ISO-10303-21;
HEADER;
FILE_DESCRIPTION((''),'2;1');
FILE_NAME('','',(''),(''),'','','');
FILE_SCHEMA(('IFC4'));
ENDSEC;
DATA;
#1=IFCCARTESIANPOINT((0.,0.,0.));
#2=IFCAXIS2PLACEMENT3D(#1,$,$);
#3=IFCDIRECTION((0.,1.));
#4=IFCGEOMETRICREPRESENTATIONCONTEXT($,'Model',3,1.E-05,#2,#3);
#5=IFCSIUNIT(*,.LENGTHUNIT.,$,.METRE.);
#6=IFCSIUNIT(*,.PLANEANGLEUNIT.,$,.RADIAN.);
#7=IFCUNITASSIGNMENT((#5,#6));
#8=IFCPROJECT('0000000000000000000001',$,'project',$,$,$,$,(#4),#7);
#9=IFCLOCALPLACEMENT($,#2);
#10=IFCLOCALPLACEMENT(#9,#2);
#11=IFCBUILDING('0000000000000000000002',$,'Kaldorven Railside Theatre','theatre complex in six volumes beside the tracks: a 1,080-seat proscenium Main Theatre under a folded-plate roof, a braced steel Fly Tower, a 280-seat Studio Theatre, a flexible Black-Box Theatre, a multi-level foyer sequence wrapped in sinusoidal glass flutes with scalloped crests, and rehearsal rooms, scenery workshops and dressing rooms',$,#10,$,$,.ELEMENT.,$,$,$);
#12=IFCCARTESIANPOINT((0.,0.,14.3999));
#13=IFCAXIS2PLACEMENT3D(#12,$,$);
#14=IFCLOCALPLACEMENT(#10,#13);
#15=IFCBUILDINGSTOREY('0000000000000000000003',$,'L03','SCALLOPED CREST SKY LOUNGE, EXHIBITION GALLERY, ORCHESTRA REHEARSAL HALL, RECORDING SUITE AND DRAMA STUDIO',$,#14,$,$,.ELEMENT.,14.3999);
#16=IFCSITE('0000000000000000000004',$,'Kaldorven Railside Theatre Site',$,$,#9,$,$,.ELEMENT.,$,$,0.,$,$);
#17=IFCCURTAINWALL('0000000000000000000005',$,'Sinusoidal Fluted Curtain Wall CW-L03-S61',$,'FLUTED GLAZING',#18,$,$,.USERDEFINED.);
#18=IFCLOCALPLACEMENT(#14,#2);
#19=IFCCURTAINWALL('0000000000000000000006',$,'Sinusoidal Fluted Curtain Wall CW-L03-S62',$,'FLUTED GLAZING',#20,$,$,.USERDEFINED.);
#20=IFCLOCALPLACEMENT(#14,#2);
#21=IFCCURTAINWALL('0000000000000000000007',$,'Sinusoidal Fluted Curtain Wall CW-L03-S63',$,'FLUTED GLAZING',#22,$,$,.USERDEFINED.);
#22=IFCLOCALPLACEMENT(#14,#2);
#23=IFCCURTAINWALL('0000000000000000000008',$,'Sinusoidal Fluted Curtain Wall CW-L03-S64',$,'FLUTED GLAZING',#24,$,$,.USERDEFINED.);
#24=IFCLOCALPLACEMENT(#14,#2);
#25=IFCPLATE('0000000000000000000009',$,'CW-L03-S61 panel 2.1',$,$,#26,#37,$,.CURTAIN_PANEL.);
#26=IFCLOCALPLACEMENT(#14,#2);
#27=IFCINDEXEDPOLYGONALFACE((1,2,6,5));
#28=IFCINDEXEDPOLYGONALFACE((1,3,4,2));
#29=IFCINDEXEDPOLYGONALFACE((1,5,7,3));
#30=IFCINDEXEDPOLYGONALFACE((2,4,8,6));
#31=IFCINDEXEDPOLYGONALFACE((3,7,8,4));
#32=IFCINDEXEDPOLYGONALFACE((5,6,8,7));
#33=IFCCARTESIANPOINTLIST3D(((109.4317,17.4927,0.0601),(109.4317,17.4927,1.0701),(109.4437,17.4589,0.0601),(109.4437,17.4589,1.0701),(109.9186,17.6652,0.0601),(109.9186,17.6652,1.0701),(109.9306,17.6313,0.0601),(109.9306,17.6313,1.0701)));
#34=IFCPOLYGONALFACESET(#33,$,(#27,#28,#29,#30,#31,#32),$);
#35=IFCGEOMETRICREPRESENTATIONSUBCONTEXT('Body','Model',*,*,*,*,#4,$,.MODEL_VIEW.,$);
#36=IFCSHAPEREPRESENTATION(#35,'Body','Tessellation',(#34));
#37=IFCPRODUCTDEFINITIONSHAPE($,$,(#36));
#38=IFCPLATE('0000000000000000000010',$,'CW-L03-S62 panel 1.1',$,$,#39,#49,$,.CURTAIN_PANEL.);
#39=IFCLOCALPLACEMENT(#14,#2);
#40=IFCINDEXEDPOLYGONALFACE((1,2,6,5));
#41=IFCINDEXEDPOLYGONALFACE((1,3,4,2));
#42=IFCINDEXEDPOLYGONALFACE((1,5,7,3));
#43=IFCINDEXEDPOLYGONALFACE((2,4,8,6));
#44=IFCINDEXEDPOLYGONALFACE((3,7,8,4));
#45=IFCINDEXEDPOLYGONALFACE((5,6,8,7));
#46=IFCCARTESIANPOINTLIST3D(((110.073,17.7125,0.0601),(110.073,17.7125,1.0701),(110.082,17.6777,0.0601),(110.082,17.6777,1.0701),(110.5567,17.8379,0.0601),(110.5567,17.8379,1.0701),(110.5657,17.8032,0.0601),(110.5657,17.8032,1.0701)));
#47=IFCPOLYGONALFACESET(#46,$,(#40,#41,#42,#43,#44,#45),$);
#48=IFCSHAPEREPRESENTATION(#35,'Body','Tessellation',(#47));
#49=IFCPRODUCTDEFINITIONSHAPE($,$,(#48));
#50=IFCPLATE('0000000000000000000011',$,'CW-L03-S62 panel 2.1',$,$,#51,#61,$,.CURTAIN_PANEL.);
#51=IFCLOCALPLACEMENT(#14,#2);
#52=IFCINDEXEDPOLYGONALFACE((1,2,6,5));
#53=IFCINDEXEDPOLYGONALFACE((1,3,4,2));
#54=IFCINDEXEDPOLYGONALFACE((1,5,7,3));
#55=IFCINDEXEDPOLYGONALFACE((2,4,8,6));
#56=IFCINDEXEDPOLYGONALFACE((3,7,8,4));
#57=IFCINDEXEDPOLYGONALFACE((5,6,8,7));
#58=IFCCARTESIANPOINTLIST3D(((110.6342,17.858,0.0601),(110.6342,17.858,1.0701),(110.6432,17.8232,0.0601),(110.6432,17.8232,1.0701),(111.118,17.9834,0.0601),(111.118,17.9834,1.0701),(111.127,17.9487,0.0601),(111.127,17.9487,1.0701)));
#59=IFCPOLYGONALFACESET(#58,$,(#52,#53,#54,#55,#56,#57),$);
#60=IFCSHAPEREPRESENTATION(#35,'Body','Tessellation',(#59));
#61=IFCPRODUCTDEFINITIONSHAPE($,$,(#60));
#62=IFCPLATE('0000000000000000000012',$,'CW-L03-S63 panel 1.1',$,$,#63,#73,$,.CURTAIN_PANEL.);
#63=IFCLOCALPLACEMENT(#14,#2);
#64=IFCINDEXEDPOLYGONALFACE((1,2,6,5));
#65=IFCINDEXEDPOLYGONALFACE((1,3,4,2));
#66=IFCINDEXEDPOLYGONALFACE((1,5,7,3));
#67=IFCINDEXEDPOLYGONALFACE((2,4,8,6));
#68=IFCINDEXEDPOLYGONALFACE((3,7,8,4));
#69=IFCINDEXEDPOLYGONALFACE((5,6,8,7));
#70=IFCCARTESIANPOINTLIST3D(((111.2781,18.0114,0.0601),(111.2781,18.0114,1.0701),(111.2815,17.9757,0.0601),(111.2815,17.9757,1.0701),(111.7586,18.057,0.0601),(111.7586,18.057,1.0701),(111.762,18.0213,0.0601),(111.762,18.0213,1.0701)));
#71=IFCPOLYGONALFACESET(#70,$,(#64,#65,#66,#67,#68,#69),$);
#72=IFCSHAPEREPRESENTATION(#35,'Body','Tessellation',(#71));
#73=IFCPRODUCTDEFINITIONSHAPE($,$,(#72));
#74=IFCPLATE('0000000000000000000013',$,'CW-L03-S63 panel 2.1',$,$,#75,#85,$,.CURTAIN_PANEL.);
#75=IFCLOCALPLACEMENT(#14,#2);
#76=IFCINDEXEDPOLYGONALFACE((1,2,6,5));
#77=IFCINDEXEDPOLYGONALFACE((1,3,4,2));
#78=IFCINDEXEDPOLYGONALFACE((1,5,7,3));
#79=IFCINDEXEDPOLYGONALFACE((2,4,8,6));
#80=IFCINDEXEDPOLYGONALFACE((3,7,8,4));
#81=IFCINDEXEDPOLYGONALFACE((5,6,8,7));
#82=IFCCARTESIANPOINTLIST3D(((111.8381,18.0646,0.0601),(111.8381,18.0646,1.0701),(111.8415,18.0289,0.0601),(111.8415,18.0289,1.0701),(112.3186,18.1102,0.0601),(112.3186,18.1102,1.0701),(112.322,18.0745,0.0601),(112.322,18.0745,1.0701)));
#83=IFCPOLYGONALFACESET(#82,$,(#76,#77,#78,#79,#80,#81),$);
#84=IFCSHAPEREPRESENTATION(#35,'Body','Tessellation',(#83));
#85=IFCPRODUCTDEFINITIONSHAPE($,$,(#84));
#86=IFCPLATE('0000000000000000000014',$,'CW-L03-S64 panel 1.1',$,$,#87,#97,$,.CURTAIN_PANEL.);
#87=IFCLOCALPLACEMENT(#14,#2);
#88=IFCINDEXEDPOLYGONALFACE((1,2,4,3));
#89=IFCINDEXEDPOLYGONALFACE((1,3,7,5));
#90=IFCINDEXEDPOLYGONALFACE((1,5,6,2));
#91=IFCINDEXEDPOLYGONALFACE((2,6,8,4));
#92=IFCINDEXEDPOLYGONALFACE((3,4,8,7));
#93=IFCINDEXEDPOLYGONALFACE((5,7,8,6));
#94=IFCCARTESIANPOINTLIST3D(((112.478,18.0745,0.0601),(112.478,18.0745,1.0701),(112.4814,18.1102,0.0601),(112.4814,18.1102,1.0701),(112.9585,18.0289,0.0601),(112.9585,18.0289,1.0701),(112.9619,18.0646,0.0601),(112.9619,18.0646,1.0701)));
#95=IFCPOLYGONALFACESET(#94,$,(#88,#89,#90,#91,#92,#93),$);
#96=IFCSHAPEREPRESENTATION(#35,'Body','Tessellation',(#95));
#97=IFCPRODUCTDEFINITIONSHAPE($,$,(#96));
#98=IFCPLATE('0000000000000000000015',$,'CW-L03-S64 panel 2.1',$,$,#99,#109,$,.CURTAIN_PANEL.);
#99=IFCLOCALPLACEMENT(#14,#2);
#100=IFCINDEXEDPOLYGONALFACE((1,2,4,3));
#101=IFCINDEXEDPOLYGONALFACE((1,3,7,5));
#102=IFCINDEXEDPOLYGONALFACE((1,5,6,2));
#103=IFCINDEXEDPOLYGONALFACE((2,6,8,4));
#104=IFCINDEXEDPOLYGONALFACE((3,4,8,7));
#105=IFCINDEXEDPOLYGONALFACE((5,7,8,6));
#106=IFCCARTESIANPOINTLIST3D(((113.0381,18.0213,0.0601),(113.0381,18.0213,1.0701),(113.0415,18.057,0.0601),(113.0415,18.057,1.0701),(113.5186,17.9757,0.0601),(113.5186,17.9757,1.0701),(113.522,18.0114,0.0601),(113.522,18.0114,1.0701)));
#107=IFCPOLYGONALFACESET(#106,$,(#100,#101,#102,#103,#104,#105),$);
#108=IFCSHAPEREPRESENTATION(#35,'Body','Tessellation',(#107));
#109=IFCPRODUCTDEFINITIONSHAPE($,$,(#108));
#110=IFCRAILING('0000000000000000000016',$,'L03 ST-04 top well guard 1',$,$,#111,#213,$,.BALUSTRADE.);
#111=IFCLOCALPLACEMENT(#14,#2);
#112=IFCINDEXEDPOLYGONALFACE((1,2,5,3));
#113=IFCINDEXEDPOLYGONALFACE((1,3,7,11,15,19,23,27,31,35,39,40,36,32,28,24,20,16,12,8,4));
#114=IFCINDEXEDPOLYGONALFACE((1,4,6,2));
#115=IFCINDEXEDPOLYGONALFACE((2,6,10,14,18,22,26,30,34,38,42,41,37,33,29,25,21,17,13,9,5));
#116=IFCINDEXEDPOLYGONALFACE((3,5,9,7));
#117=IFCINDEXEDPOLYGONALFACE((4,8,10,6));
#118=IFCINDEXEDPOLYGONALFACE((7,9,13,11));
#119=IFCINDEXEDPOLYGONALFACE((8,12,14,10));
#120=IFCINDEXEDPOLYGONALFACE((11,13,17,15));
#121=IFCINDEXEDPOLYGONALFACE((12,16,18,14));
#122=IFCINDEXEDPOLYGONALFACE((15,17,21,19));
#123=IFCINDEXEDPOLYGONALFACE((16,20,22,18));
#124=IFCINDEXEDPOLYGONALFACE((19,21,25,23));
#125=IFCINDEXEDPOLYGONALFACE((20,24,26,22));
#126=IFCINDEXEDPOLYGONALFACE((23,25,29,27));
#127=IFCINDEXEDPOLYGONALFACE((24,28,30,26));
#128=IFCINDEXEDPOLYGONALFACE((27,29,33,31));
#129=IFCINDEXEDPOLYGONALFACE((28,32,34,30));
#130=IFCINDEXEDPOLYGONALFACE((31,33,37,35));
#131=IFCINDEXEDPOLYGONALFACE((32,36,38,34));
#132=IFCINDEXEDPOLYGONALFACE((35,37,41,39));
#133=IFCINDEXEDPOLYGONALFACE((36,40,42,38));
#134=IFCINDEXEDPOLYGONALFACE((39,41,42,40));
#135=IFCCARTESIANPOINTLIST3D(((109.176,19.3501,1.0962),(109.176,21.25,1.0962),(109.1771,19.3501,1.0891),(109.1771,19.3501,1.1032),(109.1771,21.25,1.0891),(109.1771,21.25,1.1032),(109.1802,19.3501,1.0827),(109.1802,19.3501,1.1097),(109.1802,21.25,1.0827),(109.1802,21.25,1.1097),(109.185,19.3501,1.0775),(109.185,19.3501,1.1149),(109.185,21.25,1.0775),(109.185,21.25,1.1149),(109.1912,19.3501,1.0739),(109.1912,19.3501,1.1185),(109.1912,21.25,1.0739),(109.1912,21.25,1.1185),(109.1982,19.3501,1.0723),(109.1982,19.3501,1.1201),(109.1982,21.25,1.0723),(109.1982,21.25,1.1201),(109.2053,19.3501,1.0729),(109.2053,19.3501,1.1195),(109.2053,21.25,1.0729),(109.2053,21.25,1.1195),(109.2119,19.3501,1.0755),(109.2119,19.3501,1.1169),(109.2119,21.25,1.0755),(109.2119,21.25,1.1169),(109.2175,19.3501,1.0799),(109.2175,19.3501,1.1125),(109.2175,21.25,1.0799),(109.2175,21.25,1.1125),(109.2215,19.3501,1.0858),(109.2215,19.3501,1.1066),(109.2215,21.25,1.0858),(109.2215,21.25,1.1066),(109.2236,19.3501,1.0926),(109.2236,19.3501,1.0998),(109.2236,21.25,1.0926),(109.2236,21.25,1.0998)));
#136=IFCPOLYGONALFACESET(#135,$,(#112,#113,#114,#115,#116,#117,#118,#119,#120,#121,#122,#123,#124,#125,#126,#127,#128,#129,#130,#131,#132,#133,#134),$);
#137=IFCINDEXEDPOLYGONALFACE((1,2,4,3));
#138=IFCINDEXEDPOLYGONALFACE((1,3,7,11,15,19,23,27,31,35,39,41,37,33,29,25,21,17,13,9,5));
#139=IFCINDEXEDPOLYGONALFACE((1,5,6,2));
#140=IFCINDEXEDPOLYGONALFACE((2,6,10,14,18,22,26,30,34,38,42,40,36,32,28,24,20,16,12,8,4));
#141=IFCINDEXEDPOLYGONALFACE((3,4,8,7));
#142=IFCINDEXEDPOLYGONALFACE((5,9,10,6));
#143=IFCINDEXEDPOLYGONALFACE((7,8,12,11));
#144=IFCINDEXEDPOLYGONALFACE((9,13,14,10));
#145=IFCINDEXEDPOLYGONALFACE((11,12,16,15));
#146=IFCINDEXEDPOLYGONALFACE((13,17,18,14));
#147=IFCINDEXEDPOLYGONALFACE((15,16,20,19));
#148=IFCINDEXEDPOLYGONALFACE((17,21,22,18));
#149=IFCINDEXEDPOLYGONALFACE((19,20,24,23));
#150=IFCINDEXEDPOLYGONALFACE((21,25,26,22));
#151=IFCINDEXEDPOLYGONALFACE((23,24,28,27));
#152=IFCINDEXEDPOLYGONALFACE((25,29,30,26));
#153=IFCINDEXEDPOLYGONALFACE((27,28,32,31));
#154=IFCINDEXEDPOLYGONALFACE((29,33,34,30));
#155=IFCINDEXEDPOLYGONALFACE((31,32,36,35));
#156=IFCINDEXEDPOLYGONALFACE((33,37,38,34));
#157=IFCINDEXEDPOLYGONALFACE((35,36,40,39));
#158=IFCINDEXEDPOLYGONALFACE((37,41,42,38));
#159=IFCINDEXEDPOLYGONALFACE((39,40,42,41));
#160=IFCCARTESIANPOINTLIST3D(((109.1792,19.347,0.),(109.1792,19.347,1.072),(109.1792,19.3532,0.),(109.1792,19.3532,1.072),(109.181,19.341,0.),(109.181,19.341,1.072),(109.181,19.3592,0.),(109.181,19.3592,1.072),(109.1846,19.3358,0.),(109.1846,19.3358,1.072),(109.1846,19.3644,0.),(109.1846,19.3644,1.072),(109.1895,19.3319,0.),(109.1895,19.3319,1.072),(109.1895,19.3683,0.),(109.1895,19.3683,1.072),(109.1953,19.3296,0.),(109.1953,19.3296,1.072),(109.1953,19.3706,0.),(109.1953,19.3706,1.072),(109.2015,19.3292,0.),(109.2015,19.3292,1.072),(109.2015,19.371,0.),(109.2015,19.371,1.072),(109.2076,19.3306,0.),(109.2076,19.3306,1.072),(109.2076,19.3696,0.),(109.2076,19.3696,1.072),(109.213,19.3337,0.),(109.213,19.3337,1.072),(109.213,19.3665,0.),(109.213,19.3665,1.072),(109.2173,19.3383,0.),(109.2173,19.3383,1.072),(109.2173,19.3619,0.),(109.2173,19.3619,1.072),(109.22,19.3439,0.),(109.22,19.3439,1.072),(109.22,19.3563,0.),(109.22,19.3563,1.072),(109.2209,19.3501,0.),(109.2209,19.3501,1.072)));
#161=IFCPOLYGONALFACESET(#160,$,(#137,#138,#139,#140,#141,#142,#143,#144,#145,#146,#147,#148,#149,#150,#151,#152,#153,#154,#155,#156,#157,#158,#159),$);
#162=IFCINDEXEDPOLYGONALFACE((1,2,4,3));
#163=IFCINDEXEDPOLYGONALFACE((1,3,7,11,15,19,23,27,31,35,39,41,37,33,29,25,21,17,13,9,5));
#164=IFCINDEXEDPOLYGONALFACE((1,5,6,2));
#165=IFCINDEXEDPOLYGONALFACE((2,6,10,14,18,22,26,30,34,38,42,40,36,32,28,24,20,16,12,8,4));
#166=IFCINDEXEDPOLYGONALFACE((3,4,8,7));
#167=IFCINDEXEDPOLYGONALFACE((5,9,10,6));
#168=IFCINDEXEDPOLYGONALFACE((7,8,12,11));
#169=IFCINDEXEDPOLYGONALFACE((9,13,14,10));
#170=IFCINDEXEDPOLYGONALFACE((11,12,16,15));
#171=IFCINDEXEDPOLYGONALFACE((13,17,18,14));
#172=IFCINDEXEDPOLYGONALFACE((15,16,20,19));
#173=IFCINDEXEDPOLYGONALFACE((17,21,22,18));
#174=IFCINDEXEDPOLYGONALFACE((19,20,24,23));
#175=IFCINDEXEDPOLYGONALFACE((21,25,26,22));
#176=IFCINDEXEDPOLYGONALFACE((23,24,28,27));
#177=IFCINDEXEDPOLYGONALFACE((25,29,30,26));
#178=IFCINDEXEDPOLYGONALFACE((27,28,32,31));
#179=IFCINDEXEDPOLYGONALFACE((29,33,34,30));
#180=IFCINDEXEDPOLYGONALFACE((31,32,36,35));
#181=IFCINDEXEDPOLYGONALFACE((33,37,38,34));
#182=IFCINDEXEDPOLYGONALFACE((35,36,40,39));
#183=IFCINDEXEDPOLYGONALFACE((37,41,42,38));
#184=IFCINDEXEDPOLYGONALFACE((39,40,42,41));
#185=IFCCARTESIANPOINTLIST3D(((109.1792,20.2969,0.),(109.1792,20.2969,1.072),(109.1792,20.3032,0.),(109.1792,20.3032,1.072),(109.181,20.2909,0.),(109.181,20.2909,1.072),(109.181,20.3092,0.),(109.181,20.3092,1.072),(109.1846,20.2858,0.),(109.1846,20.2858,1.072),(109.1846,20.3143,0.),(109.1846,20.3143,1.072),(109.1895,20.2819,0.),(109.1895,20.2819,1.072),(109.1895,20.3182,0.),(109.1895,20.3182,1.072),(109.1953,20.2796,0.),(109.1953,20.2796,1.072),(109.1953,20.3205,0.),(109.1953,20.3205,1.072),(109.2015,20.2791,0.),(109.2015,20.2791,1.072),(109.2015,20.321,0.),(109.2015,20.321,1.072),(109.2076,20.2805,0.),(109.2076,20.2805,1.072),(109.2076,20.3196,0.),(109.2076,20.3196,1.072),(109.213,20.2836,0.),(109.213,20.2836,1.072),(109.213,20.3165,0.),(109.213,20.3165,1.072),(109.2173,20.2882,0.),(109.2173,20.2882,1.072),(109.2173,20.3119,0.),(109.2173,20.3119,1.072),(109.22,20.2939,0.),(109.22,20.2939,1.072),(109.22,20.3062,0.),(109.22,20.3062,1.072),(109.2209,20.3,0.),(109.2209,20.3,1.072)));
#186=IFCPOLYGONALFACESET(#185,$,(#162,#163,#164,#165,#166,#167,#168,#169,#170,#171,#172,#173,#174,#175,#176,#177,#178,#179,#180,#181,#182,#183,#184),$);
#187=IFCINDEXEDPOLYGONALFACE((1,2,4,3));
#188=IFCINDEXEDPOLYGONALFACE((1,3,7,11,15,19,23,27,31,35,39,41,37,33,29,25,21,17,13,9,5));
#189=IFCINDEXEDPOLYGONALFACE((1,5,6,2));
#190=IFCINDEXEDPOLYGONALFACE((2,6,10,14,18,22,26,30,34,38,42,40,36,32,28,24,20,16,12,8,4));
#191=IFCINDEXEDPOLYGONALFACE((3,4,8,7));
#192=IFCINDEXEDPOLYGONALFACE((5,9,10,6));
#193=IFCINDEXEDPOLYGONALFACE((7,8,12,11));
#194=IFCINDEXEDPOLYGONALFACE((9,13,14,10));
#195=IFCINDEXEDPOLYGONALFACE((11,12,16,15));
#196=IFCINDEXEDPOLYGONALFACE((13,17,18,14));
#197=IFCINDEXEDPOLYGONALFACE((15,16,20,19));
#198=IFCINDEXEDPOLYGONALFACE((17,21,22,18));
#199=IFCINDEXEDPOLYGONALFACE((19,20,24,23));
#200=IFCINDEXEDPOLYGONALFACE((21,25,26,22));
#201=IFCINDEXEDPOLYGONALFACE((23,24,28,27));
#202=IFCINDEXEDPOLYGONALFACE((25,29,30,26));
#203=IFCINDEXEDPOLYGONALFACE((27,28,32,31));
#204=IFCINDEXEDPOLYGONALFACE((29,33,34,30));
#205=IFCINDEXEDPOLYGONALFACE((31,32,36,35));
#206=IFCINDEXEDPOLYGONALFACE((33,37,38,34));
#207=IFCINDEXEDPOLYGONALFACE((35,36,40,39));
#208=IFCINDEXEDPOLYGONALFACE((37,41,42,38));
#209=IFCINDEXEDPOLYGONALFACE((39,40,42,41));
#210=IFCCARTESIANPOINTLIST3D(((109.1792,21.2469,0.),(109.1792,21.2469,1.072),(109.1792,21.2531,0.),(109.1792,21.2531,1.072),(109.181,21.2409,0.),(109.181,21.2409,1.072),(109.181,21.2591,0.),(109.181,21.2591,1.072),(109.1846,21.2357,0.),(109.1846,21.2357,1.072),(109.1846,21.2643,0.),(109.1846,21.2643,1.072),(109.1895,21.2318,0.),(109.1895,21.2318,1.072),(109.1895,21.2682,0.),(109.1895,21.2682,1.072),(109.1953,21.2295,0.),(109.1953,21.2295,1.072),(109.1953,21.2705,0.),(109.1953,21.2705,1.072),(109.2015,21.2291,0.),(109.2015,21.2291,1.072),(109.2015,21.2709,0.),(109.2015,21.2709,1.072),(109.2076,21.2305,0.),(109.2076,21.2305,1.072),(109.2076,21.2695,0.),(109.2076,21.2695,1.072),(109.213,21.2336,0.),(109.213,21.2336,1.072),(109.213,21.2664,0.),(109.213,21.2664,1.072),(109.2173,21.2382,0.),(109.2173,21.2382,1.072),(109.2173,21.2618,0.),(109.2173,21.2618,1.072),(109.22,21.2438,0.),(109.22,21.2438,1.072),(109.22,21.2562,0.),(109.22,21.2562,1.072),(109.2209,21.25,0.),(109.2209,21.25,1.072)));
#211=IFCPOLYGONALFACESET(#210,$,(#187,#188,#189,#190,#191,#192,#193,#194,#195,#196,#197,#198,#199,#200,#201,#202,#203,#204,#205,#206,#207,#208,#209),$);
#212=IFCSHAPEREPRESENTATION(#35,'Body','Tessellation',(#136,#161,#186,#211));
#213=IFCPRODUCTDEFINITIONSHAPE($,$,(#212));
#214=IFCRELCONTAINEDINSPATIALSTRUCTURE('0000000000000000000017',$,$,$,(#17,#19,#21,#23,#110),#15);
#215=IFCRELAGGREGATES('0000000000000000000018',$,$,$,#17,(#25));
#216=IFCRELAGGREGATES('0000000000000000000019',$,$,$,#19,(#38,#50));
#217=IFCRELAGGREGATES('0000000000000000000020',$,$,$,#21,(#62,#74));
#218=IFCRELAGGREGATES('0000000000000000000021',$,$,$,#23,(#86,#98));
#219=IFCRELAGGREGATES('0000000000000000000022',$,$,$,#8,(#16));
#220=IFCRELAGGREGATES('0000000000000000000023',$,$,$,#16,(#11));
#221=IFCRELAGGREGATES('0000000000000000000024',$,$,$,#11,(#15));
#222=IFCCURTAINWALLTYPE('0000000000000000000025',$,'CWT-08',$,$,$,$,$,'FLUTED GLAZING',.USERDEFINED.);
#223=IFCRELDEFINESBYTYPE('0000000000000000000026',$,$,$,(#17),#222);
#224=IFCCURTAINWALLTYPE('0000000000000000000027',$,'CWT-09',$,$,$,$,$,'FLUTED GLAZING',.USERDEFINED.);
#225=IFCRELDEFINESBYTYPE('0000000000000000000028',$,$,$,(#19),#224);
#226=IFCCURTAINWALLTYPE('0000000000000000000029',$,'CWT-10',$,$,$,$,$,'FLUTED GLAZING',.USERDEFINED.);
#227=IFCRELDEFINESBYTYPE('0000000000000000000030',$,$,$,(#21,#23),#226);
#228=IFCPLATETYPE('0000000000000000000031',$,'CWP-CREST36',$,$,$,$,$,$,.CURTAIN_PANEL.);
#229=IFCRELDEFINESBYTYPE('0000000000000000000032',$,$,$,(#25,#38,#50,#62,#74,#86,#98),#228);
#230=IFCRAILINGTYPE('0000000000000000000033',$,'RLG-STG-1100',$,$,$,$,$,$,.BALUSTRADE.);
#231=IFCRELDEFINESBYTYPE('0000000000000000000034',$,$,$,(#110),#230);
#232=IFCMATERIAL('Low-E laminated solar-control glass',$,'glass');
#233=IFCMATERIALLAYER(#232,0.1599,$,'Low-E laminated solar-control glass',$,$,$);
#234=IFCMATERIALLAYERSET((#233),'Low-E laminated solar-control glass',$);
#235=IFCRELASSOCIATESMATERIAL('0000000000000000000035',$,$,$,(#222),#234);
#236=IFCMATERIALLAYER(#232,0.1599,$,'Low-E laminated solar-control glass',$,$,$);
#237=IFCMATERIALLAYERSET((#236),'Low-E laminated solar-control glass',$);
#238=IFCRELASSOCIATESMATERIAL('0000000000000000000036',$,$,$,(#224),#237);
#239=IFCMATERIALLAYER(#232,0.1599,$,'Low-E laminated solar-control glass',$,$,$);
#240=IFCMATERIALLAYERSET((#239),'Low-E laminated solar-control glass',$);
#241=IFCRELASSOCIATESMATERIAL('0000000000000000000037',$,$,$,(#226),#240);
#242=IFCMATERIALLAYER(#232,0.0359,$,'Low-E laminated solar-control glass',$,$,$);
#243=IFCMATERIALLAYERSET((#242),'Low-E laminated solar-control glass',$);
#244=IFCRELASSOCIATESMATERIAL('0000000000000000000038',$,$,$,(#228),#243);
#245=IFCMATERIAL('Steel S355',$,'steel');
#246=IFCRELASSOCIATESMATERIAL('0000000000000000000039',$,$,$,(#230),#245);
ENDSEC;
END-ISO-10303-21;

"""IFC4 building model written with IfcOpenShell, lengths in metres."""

from ifc_helpers import new_model, si_unit, direction, frame, origin, origin_2d, place, context, subcontext, project, spatial, rectangle, circle, extrude, material, layer, layer_set, type_object, element, aggregate, save


model = new_model("IFC4")

# Units and contexts
model_context = context("Model", 3, precision=1e-05, world=origin(), true_north=direction((0.0, 1.0)))
body_context = subcontext(model_context, "Body", "Model", "MODEL_VIEW")
ifc_project = project(units=[si_unit("LENGTHUNIT", "METRE"), si_unit("PLANEANGLEUNIT", "RADIAN")], contexts=[model_context])

# Site, building, storey
site_placement = place(None, origin())
site = spatial("IfcSite", under=ifc_project, at=site_placement, Name="Kaldorven Railside Theatre Site", CompositionType="ELEMENT", RefElevation=0.0)
building_placement = place(site_placement, origin())
building = spatial("IfcBuilding", under=site, at=building_placement, Name="Kaldorven Railside Theatre", Description="theatre complex in six volumes beside the tracks: a 1,080-seat proscenium Main Theatre under a folded-plate roof, a braced steel Fly Tower, a 280-seat Studio Theatre, a flexible Black-Box Theatre, a multi-level foyer sequence wrapped in sinusoidal glass flutes with scalloped crests, and rehearsal rooms, scenery workshops and dressing rooms", CompositionType="ELEMENT")
storey_placement = place(building_placement, frame((0.0, 0.0, 14.3999)))
storey = spatial("IfcBuildingStorey", under=building, at=storey_placement, Name="L03", Description="SCALLOPED CREST SKY LOUNGE, EXHIBITION GALLERY, ORCHESTRA REHEARSAL HALL, RECORDING SUITE AND DRAMA STUDIO", CompositionType="ELEMENT", Elevation=14.3999)

# Shared definitions
ifc_material_1 = material(Name="Steel S355", Category="steel")

# Curtain walls
ifc_material_2 = material(Name="Low-E laminated solar-control glass", Category="glass")
ifc_layer_1 = layer(ifc_material_2, 0.1599, Name="Low-E laminated solar-control glass")
ifc_layer_set_1 = layer_set([ifc_layer_1], Name="Low-E laminated solar-control glass")
curtain_wall_type_1 = type_object("IfcCurtainWallType", Name="CWT-08", ElementType="FLUTED GLAZING", PredefinedType="USERDEFINED", material=ifc_layer_set_1)
curtain_wall_1_placement = place(storey_placement, origin())
curtain_wall_1 = element("IfcCurtainWall", 1, at=curtain_wall_1_placement, inside=storey, type_object=curtain_wall_type_1, Name="Sinusoidal Fluted Curtain Wall CW-L03-S61", ObjectType="FLUTED GLAZING", PredefinedType="USERDEFINED")
ifc_layer_2 = layer(ifc_material_2, 0.1599, Name="Low-E laminated solar-control glass")
ifc_layer_set_2 = layer_set([ifc_layer_2], Name="Low-E laminated solar-control glass")
curtain_wall_type_2 = type_object("IfcCurtainWallType", Name="CWT-09", ElementType="FLUTED GLAZING", PredefinedType="USERDEFINED", material=ifc_layer_set_2)
curtain_wall_2_placement = place(storey_placement, origin())
curtain_wall_2 = element("IfcCurtainWall", 2, at=curtain_wall_2_placement, inside=storey, type_object=curtain_wall_type_2, Name="Sinusoidal Fluted Curtain Wall CW-L03-S62", ObjectType="FLUTED GLAZING", PredefinedType="USERDEFINED")
ifc_layer_3 = layer(ifc_material_2, 0.1599, Name="Low-E laminated solar-control glass")
ifc_layer_set_3 = layer_set([ifc_layer_3], Name="Low-E laminated solar-control glass")
curtain_wall_type_3 = type_object("IfcCurtainWallType", Name="CWT-10", ElementType="FLUTED GLAZING", PredefinedType="USERDEFINED", material=ifc_layer_set_3)
curtain_wall_3_placement = place(storey_placement, origin())
curtain_wall_3 = element("IfcCurtainWall", 3, at=curtain_wall_3_placement, inside=storey, type_object=curtain_wall_type_3, Name="Sinusoidal Fluted Curtain Wall CW-L03-S63", ObjectType="FLUTED GLAZING", PredefinedType="USERDEFINED")
curtain_wall_4_placement = place(storey_placement, origin())
curtain_wall_4 = element("IfcCurtainWall", 4, at=curtain_wall_4_placement, inside=storey, type_object=curtain_wall_type_3, Name="Sinusoidal Fluted Curtain Wall CW-L03-S64", ObjectType="FLUTED GLAZING", PredefinedType="USERDEFINED")

# Plates
ifc_layer_4 = layer(ifc_material_2, 0.0359, Name="Low-E laminated solar-control glass")
ifc_layer_set_4 = layer_set([ifc_layer_4], Name="Low-E laminated solar-control glass")
plate_type = type_object("IfcPlateType", Name="CWP-CREST36", PredefinedType="CURTAIN_PANEL", material=ifc_layer_set_4)
plate_1_placement = place(storey_placement, frame((109.6812, 17.562, 0.0601), z_axis=(0.0, 0.0, 1.0), x_axis=(0.942627, 0.333847, 0.0)))
plate_1 = element("IfcPlate", 5, at=plate_1_placement, type_object=plate_type, Name="CW-L03-S61 panel 2.1", PredefinedType="CURTAIN_PANEL", context=body_context, shape_type="SweptSolid", body=[
    extrude(rectangle(XDim=0.5166, YDim=0.0359, at=origin_2d()), origin(), (0.0, 0.0, 1.0), 1.01),
])
aggregate(curtain_wall_1, [plate_1])
plate_2_placement = place(storey_placement, frame((110.3193, 17.7578, 0.0601), z_axis=(0.0, 0.0, 1.0), x_axis=(0.967999, 0.250954, 0.0)))
plate_2 = element("IfcPlate", 6, at=plate_2_placement, type_object=plate_type, Name="CW-L03-S62 panel 1.1", PredefinedType="CURTAIN_PANEL", context=body_context, shape_type="SweptSolid", body=[
    extrude(rectangle(XDim=0.4998, YDim=0.0359, at=origin_2d()), origin(), (0.0, 0.0, 1.0), 1.01),
])
plate_3_placement = place(storey_placement, frame((110.8806, 17.9033, 0.0601), z_axis=(0.0, 0.0, 1.0), x_axis=(0.967999, 0.250954, 0.0)))
plate_3 = element("IfcPlate", 7, at=plate_3_placement, type_object=plate_type, Name="CW-L03-S62 panel 2.1", PredefinedType="CURTAIN_PANEL", context=body_context, shape_type="SweptSolid", body=[
    extrude(rectangle(XDim=0.4998, YDim=0.0359, at=origin_2d()), origin(), (0.0, 0.0, 1.0), 1.01),
])
aggregate(curtain_wall_2, [plate_2, plate_3])
plate_4_placement = place(storey_placement, frame((111.52, 18.0164, 0.0601), z_axis=(0.0, 0.0, 1.0), x_axis=(0.995526, 0.094492, 0.0)))
plate_4 = element("IfcPlate", 8, at=plate_4_placement, type_object=plate_type, Name="CW-L03-S63 panel 1.1", PredefinedType="CURTAIN_PANEL", context=body_context, shape_type="SweptSolid", body=[
    extrude(rectangle(XDim=0.4827, YDim=0.0359, at=origin_2d()), origin(), (0.0, 0.0, 1.0), 1.01),
])
plate_5_placement = place(storey_placement, frame((112.0801, 18.0696, 0.0601), z_axis=(0.0, 0.0, 1.0), x_axis=(0.995526, 0.094492, 0.0)))
plate_5 = element("IfcPlate", 9, at=plate_5_placement, type_object=plate_type, Name="CW-L03-S63 panel 2.1", PredefinedType="CURTAIN_PANEL", context=body_context, shape_type="SweptSolid", body=[
    extrude(rectangle(XDim=0.4827, YDim=0.0359, at=origin_2d()), origin(), (0.0, 0.0, 1.0), 1.01),
])
aggregate(curtain_wall_3, [plate_4, plate_5])
plate_6_placement = place(storey_placement, frame((112.72, 18.0696, 0.0601), z_axis=(0.0, 0.0, 1.0), x_axis=(0.995526, -0.094492, 0.0)))
plate_6 = element("IfcPlate", 10, at=plate_6_placement, type_object=plate_type, Name="CW-L03-S64 panel 1.1", PredefinedType="CURTAIN_PANEL", context=body_context, shape_type="SweptSolid", body=[
    extrude(rectangle(XDim=0.4827, YDim=0.0359, at=origin_2d()), origin(), (0.0, 0.0, 1.0), 1.01),
])
plate_7_placement = place(storey_placement, frame((113.28, 18.0164, 0.0601), z_axis=(0.0, 0.0, 1.0), x_axis=(0.995526, -0.094492, 0.0)))
plate_7 = element("IfcPlate", 11, at=plate_7_placement, type_object=plate_type, Name="CW-L03-S64 panel 2.1", PredefinedType="CURTAIN_PANEL", context=body_context, shape_type="SweptSolid", body=[
    extrude(rectangle(XDim=0.4827, YDim=0.0359, at=origin_2d()), origin(), (0.0, 0.0, 1.0), 1.01),
])
aggregate(curtain_wall_4, [plate_6, plate_7])

# Railing
railing_type = type_object("IfcRailingType", Name="RLG-STG-1100", PredefinedType="BALUSTRADE", material=ifc_material_1)
railing_placement = place(storey_placement, frame((109.2, 19.3501, 0.0)))
element("IfcRailing", 12, at=railing_placement, inside=storey, type_object=railing_type, Name="L03 ST-04 top well guard 1", PredefinedType="BALUSTRADE", context=body_context, shape_type="SweptSolid", body=[
    extrude(circle(Radius=0.0239, at=origin_2d()), frame((0.0, 0.0, 1.0962), z_axis=(0.0, 1.0, 0.0), x_axis=(-1.0, 0.0, 0.0)), (0.0, 0.0, 1.0), 1.8999),
    extrude(circle(Radius=0.021, at=origin_2d()), origin(), (0.0, 0.0, 1.0), 1.072),
    extrude(circle(Radius=0.021, at=origin_2d()), frame((0.0, 0.95, 0.0)), (0.0, 0.0, 1.0), 1.072),
    extrude(circle(Radius=0.021, at=origin_2d()), frame((0.0, 1.8999, 0.0)), (0.0, 0.0, 1.0), 1.072),
])

save(model, "model.ifc")
